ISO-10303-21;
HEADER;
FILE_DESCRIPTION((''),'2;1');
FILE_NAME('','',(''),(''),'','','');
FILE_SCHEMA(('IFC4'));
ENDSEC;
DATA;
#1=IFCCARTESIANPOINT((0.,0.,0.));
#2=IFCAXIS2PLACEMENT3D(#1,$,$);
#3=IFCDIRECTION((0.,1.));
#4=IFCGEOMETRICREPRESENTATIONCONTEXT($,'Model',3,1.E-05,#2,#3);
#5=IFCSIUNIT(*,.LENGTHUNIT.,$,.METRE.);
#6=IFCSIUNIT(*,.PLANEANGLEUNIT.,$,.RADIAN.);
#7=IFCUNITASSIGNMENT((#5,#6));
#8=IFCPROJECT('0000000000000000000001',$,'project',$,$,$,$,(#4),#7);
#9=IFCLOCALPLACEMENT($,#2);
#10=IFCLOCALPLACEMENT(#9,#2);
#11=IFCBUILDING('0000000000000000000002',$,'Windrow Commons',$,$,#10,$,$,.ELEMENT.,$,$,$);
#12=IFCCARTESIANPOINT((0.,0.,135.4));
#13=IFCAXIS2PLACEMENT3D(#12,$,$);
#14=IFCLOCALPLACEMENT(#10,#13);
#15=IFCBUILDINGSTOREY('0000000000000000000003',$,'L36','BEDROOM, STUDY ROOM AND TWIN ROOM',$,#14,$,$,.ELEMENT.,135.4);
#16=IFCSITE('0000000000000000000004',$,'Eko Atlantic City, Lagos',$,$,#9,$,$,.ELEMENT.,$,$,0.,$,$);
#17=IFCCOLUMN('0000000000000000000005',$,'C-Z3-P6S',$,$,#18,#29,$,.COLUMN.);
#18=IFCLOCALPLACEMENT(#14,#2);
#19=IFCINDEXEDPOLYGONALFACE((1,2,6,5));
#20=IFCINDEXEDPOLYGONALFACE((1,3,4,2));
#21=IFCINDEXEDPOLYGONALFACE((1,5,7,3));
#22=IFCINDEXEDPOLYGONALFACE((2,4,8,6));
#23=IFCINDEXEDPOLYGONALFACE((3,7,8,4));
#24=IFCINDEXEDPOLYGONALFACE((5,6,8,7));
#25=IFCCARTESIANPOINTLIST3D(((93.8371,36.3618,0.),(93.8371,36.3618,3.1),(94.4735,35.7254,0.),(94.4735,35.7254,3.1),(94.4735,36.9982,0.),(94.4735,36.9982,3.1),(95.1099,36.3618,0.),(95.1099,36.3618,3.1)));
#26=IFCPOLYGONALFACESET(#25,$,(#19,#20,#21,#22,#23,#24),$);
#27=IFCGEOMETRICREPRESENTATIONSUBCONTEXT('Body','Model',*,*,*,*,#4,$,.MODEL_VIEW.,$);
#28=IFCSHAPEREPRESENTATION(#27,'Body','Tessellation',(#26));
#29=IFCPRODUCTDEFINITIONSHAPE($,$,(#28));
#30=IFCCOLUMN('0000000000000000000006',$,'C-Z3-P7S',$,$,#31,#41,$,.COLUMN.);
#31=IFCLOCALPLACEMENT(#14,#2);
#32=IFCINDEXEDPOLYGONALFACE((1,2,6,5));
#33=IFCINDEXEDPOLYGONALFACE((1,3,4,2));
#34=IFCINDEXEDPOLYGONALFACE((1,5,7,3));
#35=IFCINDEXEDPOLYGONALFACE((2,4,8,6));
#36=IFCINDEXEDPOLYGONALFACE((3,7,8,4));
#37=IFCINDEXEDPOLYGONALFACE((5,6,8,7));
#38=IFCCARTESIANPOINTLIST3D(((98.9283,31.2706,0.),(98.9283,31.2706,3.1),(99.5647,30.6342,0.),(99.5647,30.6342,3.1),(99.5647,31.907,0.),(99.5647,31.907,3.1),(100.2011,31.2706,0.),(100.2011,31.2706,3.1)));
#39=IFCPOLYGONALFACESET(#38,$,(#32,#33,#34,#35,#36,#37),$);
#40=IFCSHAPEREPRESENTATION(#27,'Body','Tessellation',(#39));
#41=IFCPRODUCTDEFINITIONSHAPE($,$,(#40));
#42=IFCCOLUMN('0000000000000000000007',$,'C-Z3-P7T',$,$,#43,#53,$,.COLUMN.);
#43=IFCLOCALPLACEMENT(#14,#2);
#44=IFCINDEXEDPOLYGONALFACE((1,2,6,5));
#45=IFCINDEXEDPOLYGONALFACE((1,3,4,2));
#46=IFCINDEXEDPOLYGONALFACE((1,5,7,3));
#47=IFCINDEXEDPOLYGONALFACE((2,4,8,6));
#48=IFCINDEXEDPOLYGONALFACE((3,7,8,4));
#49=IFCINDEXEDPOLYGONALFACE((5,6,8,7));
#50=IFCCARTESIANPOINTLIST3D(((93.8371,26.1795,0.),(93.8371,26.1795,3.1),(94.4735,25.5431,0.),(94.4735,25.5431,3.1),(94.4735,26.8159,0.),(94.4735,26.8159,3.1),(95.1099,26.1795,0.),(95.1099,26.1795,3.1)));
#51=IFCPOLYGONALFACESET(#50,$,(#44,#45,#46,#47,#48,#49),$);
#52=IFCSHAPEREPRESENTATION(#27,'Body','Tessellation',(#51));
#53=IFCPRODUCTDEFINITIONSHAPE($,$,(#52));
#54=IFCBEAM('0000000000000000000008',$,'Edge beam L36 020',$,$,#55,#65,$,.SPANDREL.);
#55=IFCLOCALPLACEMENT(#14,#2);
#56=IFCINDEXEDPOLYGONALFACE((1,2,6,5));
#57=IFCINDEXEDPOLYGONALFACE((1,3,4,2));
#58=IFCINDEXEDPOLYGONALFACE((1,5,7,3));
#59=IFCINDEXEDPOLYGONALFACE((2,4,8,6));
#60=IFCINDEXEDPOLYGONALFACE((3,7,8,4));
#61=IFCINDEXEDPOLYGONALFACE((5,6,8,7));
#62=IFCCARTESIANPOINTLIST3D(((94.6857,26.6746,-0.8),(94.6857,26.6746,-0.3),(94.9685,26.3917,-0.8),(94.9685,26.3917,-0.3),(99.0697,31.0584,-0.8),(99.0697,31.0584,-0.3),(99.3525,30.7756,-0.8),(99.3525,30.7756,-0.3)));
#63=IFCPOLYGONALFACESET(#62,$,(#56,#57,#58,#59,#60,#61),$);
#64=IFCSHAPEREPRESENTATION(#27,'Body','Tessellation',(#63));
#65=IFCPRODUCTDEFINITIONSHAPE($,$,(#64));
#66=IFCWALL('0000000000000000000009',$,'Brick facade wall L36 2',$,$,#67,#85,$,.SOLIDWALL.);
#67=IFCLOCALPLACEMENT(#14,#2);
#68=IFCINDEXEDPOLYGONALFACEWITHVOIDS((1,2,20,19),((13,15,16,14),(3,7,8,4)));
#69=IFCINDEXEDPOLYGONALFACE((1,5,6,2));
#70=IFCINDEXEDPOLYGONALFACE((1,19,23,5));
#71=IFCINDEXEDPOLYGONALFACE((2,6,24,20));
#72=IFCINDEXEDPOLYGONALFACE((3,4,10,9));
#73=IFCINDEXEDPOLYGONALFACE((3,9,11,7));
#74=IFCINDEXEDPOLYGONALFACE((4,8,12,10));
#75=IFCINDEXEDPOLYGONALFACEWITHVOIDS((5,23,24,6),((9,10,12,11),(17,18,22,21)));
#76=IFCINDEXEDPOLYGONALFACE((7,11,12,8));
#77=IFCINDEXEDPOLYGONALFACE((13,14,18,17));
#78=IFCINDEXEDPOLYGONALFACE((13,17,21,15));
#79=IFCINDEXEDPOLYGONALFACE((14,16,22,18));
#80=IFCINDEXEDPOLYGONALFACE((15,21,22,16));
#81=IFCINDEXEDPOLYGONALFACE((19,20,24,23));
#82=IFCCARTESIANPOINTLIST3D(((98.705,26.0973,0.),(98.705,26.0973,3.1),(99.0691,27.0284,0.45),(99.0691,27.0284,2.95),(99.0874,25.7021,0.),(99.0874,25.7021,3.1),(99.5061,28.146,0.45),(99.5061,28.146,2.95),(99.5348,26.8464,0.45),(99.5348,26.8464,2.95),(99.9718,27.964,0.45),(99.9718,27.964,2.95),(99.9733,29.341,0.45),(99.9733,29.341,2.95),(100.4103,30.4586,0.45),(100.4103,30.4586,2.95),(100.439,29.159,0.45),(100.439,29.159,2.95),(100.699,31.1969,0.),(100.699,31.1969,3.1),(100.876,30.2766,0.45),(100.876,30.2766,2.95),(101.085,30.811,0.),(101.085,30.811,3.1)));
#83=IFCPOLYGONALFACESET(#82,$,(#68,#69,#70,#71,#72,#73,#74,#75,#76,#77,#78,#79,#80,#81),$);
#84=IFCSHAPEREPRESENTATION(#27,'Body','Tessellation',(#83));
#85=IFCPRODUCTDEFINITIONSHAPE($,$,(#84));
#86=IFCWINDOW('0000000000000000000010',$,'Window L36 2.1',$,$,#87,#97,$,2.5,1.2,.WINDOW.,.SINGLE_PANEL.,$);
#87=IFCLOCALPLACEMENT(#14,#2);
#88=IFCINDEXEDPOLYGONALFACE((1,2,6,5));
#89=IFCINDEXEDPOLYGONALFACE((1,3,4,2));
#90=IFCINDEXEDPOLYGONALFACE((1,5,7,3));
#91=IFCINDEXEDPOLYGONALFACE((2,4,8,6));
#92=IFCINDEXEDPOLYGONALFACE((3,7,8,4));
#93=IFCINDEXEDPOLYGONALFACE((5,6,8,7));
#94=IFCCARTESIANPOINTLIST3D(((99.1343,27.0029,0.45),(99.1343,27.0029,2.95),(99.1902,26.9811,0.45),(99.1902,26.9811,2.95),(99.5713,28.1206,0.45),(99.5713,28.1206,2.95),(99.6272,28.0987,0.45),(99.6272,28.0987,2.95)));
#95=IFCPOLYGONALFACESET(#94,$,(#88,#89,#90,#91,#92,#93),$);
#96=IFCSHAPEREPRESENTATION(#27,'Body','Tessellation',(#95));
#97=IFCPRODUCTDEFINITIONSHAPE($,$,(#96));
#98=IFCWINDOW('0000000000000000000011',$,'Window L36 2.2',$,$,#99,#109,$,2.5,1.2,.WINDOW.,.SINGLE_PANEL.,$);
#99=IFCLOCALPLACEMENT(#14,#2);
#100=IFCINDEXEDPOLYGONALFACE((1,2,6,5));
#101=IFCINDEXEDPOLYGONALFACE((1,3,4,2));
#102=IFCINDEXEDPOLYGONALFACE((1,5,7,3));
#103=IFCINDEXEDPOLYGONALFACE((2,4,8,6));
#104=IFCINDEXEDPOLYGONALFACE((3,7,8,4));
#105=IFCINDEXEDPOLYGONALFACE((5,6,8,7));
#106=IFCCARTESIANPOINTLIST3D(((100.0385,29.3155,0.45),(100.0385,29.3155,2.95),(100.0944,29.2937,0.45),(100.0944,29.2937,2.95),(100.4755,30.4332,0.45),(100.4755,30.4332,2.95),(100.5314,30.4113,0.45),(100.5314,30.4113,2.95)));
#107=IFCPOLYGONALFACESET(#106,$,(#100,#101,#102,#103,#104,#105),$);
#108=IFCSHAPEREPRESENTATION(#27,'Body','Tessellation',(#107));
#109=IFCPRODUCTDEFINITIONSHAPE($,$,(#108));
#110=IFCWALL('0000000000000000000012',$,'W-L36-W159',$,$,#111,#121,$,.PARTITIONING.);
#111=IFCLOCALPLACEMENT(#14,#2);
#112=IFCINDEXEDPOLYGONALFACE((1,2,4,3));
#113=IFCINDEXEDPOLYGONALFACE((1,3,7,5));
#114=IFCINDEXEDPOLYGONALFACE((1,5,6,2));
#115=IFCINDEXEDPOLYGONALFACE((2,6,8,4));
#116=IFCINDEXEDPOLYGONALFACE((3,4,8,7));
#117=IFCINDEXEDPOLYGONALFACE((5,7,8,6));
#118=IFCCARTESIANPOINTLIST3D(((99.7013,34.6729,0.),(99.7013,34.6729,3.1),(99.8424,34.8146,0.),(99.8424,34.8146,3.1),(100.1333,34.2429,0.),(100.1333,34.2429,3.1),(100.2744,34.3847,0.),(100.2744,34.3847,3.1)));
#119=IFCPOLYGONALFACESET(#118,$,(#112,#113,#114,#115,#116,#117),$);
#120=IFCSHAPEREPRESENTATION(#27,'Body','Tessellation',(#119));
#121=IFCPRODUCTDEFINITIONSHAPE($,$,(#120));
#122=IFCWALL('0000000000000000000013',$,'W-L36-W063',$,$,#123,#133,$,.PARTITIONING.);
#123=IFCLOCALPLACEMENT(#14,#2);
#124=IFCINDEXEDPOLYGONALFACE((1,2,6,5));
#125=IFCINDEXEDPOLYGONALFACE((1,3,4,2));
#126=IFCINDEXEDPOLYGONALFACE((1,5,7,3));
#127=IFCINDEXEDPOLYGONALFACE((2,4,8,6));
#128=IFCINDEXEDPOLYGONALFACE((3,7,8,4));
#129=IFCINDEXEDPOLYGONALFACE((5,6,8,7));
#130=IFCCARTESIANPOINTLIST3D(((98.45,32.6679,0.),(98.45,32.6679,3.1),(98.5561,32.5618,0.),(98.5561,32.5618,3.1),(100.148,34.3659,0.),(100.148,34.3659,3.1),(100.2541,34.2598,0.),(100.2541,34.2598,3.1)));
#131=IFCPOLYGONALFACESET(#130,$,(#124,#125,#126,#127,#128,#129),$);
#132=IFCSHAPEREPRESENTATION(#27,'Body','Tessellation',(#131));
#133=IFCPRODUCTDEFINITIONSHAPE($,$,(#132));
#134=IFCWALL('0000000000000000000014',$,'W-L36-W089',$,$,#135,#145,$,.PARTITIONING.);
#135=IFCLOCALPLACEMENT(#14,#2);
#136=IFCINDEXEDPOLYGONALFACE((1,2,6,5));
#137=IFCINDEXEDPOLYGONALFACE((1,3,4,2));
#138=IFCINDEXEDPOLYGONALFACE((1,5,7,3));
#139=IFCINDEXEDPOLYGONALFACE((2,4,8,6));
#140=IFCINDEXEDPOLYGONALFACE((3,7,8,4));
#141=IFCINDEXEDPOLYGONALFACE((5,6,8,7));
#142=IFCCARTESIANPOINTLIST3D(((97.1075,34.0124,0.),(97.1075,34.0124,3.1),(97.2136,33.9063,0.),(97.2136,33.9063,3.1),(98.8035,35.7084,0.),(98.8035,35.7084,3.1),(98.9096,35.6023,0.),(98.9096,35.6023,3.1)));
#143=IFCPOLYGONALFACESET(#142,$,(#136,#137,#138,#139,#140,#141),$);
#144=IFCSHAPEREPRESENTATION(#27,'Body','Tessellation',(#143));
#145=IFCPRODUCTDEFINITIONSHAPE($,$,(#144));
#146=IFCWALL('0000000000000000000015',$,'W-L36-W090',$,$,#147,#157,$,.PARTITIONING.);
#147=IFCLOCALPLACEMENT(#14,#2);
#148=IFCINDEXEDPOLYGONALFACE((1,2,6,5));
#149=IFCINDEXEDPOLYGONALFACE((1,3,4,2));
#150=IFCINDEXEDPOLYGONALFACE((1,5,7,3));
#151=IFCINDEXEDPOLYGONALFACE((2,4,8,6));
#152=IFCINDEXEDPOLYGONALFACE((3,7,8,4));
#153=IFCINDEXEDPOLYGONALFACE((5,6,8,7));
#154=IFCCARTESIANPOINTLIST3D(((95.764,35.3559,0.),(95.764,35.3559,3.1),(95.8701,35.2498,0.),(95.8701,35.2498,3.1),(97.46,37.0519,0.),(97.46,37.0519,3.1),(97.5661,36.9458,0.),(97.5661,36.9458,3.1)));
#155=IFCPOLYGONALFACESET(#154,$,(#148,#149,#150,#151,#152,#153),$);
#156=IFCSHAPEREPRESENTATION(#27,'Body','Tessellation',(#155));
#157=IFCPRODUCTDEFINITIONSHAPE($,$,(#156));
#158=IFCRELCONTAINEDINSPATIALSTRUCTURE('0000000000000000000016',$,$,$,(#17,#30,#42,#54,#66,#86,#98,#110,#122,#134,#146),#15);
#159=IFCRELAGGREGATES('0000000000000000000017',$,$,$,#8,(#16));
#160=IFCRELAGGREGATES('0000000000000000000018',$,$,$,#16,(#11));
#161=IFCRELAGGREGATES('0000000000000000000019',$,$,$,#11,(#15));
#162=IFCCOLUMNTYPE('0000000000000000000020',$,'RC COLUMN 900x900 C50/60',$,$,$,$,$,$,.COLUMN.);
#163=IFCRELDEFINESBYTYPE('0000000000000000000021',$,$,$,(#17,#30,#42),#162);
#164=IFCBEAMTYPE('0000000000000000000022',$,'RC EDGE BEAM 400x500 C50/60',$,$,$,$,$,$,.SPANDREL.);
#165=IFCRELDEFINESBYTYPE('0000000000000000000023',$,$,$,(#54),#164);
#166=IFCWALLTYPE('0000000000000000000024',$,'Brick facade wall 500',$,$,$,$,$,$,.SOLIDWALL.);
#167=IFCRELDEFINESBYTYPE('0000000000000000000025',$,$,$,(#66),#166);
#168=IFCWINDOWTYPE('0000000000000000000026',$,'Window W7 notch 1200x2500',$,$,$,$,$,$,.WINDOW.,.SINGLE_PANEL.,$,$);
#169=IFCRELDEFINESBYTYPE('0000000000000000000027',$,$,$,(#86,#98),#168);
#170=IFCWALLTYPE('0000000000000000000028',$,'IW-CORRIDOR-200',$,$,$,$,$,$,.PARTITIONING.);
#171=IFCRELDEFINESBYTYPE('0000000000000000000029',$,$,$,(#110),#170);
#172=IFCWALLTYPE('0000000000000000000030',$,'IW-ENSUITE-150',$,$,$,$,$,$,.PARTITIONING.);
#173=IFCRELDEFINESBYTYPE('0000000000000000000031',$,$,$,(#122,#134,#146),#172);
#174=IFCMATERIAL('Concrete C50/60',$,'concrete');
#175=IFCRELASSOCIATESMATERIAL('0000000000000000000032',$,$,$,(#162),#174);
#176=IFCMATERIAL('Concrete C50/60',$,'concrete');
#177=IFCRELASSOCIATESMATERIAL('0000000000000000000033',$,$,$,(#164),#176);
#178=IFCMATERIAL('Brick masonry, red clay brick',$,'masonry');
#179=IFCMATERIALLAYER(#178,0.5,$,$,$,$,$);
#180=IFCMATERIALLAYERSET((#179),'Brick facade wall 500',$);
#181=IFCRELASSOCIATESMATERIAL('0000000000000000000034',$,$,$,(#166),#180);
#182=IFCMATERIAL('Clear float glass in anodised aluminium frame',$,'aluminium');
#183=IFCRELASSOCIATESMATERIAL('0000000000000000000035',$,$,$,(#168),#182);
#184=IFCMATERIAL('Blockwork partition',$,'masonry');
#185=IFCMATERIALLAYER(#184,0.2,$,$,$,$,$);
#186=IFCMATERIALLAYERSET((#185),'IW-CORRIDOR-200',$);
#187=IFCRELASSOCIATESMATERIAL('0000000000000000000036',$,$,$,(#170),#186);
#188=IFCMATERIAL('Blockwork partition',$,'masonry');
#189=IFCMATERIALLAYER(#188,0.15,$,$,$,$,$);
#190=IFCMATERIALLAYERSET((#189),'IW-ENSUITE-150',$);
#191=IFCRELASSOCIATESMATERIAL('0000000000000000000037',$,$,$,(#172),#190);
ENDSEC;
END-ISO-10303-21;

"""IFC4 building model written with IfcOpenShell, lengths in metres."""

from ifc_helpers import new_model, si_unit, direction, frame, frame_2d, origin, origin_2d, place, context, subcontext, project, spatial, polyline, rectangle, outline, extrude, material, layer, layer_set, material_profile, profile_set, type_object, element, fill, save


model = new_model("IFC4")

# Units and contexts
model_context = context("Model", 3, precision=1e-05, world=origin(), true_north=direction((0.0, 1.0)))
body_context = subcontext(model_context, "Body", "Model", "MODEL_VIEW")
ifc_project = project(units=[si_unit("LENGTHUNIT", "METRE"), si_unit("PLANEANGLEUNIT", "RADIAN")], contexts=[model_context])

# Site, building, storey
site_placement = place(None, origin())
site = spatial("IfcSite", under=ifc_project, at=site_placement, Name="Eko Atlantic City, Lagos", CompositionType="ELEMENT", RefElevation=0.0)
building_placement = place(site_placement, origin())
building = spatial("IfcBuilding", under=site, at=building_placement, Name="Windrow Commons", CompositionType="ELEMENT")
storey_placement = place(building_placement, frame((0.0, 0.0, 135.4)))
storey = spatial("IfcBuildingStorey", under=building, at=storey_placement, Name="L36", Description="BEDROOM, STUDY ROOM AND TWIN ROOM", CompositionType="ELEMENT", Elevation=135.4)

# Columns
ifc_material_1 = material(Name="Concrete C50/60", Category="concrete")
ifc_material_profile_1 = material_profile(ifc_material_1, rectangle(XDim=0.9, YDim=0.9, at=origin_2d()))
ifc_profile_set_1 = profile_set([ifc_material_profile_1], Name="Concrete C50/60")
column_type = type_object("IfcColumnType", Name="RC COLUMN 900x900 C50/60", PredefinedType="COLUMN", material=ifc_profile_set_1)
for number, where, z_axis, x_axis, name in (
    (1, (94.4735, 36.3618, 0.0), (0.0, 0.0, 1.0), (0.707107, -0.707107, 0.0), "C-Z3-P6S"),
    (2, (99.5647, 31.2706, 0.0), (0.0, 0.0, 1.0), (0.707107, -0.707107, 0.0), "C-Z3-P7S"),
    (3, (94.4735, 26.1795, 0.0), (0.0, 0.0, 1.0), (0.707107, -0.707107, 0.0), "C-Z3-P7T"),
):
    element("IfcColumn", number, at=place(storey_placement, frame(where, z_axis=z_axis, x_axis=x_axis)), inside=storey, type_object=column_type, Name=name, PredefinedType="COLUMN", context=body_context, shape_type="SweptSolid", body=[
        extrude(rectangle(XDim=0.9, YDim=0.9, at=origin_2d()), origin(), (0.0, 0.0, 1.0), 3.1),
    ])

# Beam
ifc_material_2 = material(Name="Concrete C50/60", Category="concrete")
ifc_material_profile_2 = material_profile(ifc_material_2, rectangle(XDim=0.4, YDim=0.5, at=origin_2d()))
ifc_profile_set_2 = profile_set([ifc_material_profile_2], Name="Concrete C50/60")
beam_type = type_object("IfcBeamType", Name="RC EDGE BEAM 400x500 C50/60", PredefinedType="SPANDREL", material=ifc_profile_set_2)
beam_placement = place(storey_placement, frame((99.2111, 30.917, -0.55), z_axis=(-0.707115, -0.707099, 0.0), x_axis=(0.707099, -0.707115, 0.0)))
element("IfcBeam", 4, at=beam_placement, inside=storey, type_object=beam_type, Name="Edge beam L36 020", PredefinedType="SPANDREL", context=body_context, shape_type="SweptSolid", body=[
    extrude(rectangle(XDim=0.4, YDim=0.5, at=origin_2d()), origin(), (0.0, 0.0, 1.0), 6.1998),
])

# Wall, openings, windows
ifc_material_3 = material(Name="Brick masonry, red clay brick", Category="masonry")
ifc_layer_1 = layer(ifc_material_3, 0.5)
ifc_layer_set_1 = layer_set([ifc_layer_1], Name="Brick facade wall 500")
wall_type_1 = type_object("IfcWallType", Name="Brick facade wall 500", PredefinedType="SOLIDWALL", material=ifc_layer_set_1)
wall_1_placement = place(storey_placement, frame((98.8962, 25.8997, 0.0), z_axis=(0.0, 0.0, 1.0), x_axis=(0.364156, 0.931338, 0.0)))
wall_1 = element("IfcWall", 5, at=wall_1_placement, inside=storey, type_object=wall_type_1, Name="Brick facade wall L36 2", PredefinedType="SOLIDWALL", context=body_context, shape_type="SweptSolid", body=[
    extrude(outline(polyline([(-0.1144, -0.25), (5.3711, -0.25), (5.59, 0.25), (0.1144, 0.25), (-0.1144, -0.25)])), origin(), (0.0, 0.0, 1.0), 3.1),
])
opening_1_placement = place(wall_1_placement, frame((1.1142, 0.0, 0.45)))
opening_1 = element("IfcOpeningElement", 6, at=opening_1_placement, cuts=wall_1, PredefinedType="OPENING", context=body_context, shape_type="SweptSolid", body=[
    extrude(rectangle(XDim=1.2, YDim=2.5, at=frame_2d((0.6, 1.25))), frame((0.0, 0.26, 0.0), z_axis=(0.0, -1.0, 0.0), x_axis=(1.0, 0.0, 0.0)), (0.0, 0.0, 1.0), 0.52),
])
opening_2_placement = place(wall_1_placement, frame((3.5973, 0.0, 0.45)))
opening_2 = element("IfcOpeningElement", 7, at=opening_2_placement, cuts=wall_1, PredefinedType="OPENING", context=body_context, shape_type="SweptSolid", body=[
    extrude(rectangle(XDim=1.2, YDim=2.5, at=frame_2d((0.6, 1.25))), frame((0.0, 0.26, 0.0), z_axis=(0.0, -1.0, 0.0), x_axis=(1.0, 0.0, 0.0)), (0.0, 0.0, 1.0), 0.52),
])
ifc_material_4 = material(Name="Clear float glass in anodised aluminium frame", Category="aluminium")
window_type = type_object("IfcWindowType", Name="Window W7 notch 1200x2500", PartitioningType="SINGLE_PANEL", PredefinedType="WINDOW", material=ifc_material_4)
window_1_placement = place(opening_1_placement, origin())
window_1 = element("IfcWindow", 8, at=window_1_placement, inside=storey, type_object=window_type, Name="Window L36 2.1", OverallHeight=2.5, OverallWidth=1.2, PartitioningType="SINGLE_PANEL", PredefinedType="WINDOW", context=body_context, shape_type="SweptSolid", body=[
    extrude(rectangle(XDim=1.2, YDim=2.5, at=frame_2d((0.6, 1.25))), frame((0.0, 0.18, 0.0), z_axis=(0.0, -1.0, 0.0), x_axis=(1.0, 0.0, 0.0)), (0.0, 0.0, 1.0), 0.06),
])
fill(opening_1, window_1)
window_2_placement = place(opening_2_placement, origin())
window_2 = element("IfcWindow", 9, at=window_2_placement, inside=storey, type_object=window_type, Name="Window L36 2.2", OverallHeight=2.5, OverallWidth=1.2, PartitioningType="SINGLE_PANEL", PredefinedType="WINDOW", context=body_context, shape_type="SweptSolid", body=[
    extrude(rectangle(XDim=1.2, YDim=2.5, at=frame_2d((0.6, 1.25))), frame((0.0, 0.18, 0.0), z_axis=(0.0, -1.0, 0.0), x_axis=(1.0, 0.0, 0.0)), (0.0, 0.0, 1.0), 0.06),
])
fill(opening_2, window_2)

# Walls
ifc_material_5 = material(Name="Blockwork partition", Category="masonry")
ifc_layer_2 = layer(ifc_material_5, 0.2)
ifc_layer_set_2 = layer_set([ifc_layer_2], Name="IW-CORRIDOR-200")
wall_type_2 = type_object("IfcWallType", Name="IW-CORRIDOR-200", PredefinedType="PARTITIONING", material=ifc_layer_set_2)
wall_2_placement = place(storey_placement, frame((99.7718, 34.7438, 0.0), z_axis=(0.0, 0.0, 1.0), x_axis=(0.708745, -0.705464, 0.0)))
element("IfcWall", 10, at=wall_2_placement, inside=storey, type_object=wall_type_2, Name="W-L36-W159", PredefinedType="PARTITIONING", context=body_context, shape_type="SweptSolid", body=[
    extrude(rectangle(XDim=0.6095, YDim=0.2, at=frame_2d((0.3048, 0.0))), origin(), (0.0, 0.0, 1.0), 3.1),
])
ifc_material_6 = material(Name="Blockwork partition", Category="masonry")
ifc_layer_3 = layer(ifc_material_6, 0.15)
ifc_layer_set_3 = layer_set([ifc_layer_3], Name="IW-ENSUITE-150")
wall_type_3 = type_object("IfcWallType", Name="IW-ENSUITE-150", PredefinedType="PARTITIONING", material=ifc_layer_set_3)
wall_3_placement = place(storey_placement, frame((98.5031, 32.6149, 0.0), z_axis=(0.0, 0.0, 1.0), x_axis=(0.707107, 0.707107, 0.0)))
element("IfcWall", 11, at=wall_3_placement, inside=storey, type_object=wall_type_3, Name="W-L36-W063", PredefinedType="PARTITIONING", context=body_context, shape_type="SweptSolid", body=[
    extrude(rectangle(XDim=2.4013, YDim=0.15, at=frame_2d((1.2006, 0.0))), origin(), (0.0, 0.0, 1.0), 3.1),
])
for number, where, z_axis, x_axis, name in (
    (12, (97.1606, 33.9594, 0.0), (0.0, 0.0, 1.0), (0.707107, 0.707107, 0.0), "W-L36-W089"),
    (13, (95.8171, 35.3029, 0.0), (0.0, 0.0, 1.0), (0.707107, 0.707107, 0.0), "W-L36-W090"),
):
    element("IfcWall", number, at=place(storey_placement, frame(where, z_axis=z_axis, x_axis=x_axis)), inside=storey, type_object=wall_type_3, Name=name, PredefinedType="PARTITIONING", context=body_context, shape_type="SweptSolid", body=[
        extrude(rectangle(XDim=2.3985, YDim=0.15, at=frame_2d((1.1992, 0.0))), origin(), (0.0, 0.0, 1.0), 3.1),
    ])

save(model, "model.ifc")
